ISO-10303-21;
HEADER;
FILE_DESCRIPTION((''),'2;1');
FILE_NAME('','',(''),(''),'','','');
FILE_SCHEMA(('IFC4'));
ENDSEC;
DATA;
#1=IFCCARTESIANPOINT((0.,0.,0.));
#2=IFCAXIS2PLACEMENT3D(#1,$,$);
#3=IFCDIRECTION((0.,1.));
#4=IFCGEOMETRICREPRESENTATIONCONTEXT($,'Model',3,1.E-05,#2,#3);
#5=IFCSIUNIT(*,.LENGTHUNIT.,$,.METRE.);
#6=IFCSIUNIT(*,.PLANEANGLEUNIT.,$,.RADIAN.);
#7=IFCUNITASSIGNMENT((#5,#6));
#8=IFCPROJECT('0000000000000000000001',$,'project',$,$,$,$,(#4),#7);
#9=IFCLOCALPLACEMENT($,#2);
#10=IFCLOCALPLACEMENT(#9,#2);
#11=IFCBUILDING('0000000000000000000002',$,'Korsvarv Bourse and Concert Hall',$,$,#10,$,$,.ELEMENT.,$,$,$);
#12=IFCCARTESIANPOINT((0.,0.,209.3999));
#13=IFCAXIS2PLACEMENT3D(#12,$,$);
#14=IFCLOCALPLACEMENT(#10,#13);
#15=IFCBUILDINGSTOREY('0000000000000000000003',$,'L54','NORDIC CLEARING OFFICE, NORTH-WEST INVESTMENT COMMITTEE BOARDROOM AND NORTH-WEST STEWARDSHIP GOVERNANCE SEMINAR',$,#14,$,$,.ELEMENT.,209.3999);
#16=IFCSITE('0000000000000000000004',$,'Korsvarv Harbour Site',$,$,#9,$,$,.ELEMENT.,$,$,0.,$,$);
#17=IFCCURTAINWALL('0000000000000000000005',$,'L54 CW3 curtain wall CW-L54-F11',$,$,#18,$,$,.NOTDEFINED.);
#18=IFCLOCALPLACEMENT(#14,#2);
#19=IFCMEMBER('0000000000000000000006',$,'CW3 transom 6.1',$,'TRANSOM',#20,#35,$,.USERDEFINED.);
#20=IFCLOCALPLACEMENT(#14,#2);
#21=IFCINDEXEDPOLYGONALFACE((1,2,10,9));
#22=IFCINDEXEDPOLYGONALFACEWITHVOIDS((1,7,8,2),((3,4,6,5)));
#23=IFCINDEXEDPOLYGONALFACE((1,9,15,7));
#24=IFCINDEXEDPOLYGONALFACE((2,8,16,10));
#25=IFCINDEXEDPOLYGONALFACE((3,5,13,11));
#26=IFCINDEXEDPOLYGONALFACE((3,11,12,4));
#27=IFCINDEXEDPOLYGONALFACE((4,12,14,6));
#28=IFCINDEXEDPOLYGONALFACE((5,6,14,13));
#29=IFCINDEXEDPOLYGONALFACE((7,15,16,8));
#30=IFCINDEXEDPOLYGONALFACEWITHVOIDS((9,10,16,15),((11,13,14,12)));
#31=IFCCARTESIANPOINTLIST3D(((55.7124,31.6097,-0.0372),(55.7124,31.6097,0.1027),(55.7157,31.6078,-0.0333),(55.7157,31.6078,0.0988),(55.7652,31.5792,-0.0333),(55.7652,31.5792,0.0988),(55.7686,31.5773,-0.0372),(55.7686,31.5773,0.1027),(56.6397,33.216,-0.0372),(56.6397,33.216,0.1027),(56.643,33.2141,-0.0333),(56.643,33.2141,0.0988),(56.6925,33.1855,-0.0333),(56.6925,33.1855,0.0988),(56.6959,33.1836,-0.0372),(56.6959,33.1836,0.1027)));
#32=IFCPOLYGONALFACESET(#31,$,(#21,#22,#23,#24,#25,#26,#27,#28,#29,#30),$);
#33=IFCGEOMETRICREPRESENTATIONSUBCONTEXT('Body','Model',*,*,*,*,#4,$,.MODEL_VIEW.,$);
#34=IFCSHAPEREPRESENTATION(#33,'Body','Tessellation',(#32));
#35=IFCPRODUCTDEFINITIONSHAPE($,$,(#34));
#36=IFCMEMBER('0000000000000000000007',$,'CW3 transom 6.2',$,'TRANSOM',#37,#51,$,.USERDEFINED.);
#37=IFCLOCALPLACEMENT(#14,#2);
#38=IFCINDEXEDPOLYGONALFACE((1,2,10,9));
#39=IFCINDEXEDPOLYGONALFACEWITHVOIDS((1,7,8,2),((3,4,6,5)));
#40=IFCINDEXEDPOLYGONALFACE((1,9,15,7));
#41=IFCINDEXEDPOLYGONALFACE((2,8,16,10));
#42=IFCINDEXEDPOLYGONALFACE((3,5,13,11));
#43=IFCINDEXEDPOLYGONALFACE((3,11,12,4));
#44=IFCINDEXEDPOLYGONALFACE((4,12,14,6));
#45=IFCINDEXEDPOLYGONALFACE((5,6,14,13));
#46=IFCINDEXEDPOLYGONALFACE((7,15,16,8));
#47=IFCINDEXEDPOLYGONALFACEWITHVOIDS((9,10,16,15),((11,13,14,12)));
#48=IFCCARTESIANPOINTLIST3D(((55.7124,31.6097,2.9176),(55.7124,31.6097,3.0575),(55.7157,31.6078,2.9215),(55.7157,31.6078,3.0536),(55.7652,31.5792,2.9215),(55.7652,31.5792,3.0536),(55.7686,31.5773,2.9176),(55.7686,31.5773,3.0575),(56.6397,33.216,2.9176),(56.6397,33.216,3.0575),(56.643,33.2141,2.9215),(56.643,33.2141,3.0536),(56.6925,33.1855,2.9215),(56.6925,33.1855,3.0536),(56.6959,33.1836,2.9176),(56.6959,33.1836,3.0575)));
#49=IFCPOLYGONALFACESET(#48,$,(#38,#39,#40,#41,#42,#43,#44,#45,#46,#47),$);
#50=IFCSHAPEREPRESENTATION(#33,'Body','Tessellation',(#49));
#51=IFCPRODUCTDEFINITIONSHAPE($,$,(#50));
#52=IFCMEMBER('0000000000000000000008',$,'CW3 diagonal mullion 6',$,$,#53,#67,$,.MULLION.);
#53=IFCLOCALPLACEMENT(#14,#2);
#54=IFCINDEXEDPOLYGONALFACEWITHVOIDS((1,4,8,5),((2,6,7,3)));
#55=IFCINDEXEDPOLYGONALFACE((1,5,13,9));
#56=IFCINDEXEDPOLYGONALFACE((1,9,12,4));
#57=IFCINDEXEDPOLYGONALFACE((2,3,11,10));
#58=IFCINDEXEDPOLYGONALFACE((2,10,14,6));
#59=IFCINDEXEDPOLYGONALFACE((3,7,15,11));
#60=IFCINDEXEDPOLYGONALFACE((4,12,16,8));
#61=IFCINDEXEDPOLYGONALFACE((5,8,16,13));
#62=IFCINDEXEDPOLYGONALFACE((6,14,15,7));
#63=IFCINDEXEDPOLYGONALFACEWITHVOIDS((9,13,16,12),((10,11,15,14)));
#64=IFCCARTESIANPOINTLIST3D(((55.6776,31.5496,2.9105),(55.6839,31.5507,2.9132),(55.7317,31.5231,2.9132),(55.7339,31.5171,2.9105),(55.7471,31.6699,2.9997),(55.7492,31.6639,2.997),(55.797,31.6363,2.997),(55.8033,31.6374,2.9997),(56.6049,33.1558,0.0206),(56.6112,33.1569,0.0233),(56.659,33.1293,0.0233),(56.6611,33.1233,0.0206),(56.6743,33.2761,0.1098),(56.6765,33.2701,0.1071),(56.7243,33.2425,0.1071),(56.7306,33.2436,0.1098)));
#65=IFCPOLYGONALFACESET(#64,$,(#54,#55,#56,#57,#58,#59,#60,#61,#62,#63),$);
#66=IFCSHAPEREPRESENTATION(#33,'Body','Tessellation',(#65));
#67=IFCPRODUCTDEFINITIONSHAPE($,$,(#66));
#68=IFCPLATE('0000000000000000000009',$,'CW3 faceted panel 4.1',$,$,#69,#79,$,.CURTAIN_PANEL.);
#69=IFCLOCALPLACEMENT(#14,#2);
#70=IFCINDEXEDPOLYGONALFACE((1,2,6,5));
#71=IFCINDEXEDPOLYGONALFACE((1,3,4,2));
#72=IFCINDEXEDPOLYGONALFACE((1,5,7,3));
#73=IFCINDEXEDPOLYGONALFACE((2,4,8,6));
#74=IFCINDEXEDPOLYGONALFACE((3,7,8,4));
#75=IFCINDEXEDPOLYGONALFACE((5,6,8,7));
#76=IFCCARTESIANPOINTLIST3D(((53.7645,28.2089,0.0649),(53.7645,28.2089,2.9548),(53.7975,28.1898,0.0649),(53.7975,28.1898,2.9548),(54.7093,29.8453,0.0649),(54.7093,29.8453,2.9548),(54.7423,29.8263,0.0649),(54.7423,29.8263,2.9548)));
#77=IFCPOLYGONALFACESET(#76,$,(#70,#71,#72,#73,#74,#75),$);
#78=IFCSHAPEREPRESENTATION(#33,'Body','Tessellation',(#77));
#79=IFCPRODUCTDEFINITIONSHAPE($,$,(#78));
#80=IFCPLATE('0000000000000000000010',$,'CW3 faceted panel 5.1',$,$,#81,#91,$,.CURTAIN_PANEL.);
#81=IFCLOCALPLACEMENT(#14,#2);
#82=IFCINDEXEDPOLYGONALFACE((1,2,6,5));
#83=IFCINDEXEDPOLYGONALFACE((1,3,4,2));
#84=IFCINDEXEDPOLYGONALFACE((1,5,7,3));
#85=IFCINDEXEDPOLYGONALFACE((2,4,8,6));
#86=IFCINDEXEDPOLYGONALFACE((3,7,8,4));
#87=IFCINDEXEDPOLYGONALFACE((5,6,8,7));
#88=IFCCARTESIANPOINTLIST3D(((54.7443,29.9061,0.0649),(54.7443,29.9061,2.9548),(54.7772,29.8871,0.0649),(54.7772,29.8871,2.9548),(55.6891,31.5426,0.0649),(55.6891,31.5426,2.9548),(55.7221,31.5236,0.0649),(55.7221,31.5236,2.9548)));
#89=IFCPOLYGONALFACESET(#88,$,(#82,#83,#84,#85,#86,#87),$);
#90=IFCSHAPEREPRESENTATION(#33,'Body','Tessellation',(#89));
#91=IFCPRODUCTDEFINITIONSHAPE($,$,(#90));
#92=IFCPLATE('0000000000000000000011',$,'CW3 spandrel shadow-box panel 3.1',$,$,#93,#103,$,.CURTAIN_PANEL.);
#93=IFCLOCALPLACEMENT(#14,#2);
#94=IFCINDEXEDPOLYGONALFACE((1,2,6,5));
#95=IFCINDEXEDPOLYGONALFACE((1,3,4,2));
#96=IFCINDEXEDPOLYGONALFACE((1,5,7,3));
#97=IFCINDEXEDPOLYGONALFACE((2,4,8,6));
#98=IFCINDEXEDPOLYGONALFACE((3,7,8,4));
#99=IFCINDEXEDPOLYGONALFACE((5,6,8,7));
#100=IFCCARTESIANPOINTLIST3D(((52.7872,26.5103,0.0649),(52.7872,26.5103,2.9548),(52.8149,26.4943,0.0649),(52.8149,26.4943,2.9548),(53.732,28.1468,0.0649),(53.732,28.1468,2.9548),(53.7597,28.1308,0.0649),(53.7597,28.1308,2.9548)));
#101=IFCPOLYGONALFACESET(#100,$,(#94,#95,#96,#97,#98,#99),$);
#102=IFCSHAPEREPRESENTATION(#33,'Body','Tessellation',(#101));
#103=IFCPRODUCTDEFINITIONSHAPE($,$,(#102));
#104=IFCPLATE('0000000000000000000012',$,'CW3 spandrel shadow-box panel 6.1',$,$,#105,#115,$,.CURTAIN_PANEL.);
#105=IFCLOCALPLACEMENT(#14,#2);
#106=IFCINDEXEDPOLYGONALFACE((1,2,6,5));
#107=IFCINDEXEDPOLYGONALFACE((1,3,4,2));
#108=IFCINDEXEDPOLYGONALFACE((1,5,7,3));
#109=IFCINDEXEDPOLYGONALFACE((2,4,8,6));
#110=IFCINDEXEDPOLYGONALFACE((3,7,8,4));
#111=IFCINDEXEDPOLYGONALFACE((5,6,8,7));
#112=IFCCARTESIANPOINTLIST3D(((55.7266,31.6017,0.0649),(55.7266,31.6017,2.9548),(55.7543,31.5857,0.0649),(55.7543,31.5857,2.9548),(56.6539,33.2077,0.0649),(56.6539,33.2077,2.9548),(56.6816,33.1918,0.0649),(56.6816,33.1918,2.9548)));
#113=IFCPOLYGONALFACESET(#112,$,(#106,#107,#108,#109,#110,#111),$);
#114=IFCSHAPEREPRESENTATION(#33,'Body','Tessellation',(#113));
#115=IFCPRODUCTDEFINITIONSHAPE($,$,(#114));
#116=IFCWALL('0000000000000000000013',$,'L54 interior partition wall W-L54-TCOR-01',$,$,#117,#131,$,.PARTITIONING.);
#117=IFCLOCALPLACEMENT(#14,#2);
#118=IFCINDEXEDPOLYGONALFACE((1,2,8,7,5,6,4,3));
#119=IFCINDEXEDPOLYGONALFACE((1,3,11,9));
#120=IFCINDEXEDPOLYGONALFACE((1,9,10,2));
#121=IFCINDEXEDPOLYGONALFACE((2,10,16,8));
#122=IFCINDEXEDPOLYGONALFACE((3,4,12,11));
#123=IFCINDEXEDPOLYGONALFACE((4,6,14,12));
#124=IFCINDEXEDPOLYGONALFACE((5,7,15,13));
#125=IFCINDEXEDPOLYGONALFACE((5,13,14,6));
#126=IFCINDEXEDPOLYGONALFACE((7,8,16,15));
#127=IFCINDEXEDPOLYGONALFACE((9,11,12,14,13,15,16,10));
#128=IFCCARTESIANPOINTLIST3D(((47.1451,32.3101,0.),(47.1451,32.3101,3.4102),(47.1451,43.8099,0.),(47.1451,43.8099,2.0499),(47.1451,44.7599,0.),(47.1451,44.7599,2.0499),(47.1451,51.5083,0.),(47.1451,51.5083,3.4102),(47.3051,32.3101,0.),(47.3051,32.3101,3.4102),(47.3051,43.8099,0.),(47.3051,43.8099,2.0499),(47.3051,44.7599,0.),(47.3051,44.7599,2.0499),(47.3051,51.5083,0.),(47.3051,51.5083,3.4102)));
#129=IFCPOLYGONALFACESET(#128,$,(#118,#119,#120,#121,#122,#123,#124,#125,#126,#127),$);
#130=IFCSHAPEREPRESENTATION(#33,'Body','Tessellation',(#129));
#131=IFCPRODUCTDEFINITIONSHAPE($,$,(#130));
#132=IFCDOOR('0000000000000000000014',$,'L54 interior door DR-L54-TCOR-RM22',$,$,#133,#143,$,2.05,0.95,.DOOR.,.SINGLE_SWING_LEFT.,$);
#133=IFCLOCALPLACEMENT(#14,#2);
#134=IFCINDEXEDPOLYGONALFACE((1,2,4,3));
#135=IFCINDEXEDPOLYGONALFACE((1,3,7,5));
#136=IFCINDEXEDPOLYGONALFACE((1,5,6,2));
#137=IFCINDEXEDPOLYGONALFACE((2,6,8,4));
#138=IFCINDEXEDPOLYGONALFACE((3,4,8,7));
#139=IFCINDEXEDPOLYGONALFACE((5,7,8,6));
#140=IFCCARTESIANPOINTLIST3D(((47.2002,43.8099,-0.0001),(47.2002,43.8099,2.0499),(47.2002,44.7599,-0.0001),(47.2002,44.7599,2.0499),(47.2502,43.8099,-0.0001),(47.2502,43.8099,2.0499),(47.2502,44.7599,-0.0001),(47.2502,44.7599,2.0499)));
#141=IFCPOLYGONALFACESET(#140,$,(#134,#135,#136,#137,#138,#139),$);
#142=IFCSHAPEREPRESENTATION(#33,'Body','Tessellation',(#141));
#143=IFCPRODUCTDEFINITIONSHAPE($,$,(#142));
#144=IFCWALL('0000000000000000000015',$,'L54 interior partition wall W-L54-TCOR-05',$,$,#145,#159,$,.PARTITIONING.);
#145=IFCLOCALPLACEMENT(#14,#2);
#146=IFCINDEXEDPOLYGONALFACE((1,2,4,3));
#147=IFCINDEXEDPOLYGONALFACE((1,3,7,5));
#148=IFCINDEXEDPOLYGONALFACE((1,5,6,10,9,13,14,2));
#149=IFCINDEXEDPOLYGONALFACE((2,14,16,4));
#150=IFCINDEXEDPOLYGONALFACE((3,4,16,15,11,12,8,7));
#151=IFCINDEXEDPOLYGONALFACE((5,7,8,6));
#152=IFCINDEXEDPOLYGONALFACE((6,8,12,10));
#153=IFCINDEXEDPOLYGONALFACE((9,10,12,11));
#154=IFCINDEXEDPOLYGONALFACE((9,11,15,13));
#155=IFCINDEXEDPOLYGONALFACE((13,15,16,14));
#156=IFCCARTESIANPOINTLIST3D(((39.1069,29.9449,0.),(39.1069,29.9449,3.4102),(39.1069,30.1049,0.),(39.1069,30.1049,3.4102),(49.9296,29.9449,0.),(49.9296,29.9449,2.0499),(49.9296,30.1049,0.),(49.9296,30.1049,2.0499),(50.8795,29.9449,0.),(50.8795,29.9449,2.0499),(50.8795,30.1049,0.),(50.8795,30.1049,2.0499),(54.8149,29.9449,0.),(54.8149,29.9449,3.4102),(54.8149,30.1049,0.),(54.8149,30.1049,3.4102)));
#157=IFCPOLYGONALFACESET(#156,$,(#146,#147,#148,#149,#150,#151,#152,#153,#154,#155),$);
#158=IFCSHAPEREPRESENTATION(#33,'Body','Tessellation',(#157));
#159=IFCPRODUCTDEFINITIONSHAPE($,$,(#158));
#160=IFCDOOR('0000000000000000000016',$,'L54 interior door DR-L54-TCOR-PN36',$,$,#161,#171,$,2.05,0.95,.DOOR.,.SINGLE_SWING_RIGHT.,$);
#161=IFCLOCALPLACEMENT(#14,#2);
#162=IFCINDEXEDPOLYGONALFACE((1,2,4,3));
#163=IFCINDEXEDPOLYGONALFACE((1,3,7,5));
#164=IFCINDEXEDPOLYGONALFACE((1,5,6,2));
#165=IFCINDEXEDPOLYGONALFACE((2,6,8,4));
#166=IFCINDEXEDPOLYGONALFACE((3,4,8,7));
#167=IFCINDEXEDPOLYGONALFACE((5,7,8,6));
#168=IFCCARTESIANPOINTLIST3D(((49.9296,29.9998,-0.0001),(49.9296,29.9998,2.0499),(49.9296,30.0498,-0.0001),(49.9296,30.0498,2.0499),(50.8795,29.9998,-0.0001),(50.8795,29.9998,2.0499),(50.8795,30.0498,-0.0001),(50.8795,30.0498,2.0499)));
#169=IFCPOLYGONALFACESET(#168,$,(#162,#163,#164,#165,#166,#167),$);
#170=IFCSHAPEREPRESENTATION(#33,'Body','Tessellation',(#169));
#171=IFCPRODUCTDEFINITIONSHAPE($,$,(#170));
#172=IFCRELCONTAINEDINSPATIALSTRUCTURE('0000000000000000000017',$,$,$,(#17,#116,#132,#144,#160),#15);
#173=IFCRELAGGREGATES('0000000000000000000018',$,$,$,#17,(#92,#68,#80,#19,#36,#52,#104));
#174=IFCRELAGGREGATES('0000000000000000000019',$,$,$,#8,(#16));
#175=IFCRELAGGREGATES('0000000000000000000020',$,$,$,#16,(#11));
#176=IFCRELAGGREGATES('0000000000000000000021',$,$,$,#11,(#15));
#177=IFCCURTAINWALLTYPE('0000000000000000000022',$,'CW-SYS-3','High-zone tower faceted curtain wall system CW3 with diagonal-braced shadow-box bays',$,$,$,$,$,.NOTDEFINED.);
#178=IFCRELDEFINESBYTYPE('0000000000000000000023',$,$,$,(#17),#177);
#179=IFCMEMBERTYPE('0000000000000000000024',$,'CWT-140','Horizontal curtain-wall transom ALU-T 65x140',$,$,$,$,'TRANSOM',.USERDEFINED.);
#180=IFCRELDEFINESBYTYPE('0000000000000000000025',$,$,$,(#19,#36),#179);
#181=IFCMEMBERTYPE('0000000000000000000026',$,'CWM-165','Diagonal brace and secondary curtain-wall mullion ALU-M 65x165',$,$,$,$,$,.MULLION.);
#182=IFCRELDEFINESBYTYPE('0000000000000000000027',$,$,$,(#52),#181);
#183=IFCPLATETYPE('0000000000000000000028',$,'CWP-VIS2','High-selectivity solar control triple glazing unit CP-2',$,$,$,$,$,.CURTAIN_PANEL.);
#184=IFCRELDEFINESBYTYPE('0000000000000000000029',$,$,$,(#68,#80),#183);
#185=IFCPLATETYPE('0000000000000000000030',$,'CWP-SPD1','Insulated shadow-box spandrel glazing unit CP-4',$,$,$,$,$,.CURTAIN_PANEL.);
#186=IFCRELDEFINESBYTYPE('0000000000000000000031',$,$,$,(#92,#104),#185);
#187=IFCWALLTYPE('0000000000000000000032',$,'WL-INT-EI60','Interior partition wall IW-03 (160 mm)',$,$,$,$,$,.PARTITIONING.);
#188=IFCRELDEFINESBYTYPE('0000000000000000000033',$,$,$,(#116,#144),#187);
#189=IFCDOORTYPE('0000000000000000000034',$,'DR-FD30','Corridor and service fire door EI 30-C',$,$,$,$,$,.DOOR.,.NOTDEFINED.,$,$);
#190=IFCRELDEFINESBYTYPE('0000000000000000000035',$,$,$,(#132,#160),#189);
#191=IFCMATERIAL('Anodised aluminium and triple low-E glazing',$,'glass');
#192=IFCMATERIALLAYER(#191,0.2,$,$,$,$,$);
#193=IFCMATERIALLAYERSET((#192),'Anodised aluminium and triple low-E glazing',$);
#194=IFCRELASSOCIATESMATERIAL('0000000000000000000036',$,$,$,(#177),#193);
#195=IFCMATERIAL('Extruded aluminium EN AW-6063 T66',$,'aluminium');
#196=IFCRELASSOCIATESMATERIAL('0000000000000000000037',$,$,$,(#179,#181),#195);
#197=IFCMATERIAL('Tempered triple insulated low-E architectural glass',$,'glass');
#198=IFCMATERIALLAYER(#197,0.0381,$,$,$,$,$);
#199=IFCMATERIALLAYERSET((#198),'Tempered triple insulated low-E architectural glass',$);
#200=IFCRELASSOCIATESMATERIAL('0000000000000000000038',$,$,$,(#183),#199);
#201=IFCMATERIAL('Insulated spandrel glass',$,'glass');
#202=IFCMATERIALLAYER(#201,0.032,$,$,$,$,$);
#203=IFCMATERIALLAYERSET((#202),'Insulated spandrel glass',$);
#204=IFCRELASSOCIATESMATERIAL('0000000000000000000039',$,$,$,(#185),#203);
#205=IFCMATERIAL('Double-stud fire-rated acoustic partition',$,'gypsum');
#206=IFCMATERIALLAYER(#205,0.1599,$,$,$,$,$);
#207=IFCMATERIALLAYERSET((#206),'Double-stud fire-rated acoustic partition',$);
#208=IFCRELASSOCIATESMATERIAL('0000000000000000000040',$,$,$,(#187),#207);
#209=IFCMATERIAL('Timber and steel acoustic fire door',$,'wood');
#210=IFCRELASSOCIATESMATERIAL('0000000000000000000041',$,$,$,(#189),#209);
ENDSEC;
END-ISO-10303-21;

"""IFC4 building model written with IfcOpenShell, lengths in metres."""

from ifc_helpers import new_model, si_unit, direction, frame, frame_2d, origin, origin_2d, place, context, subcontext, project, spatial, rectangle, hollow_rectangle, extrude, source, transform, mapped, material, layer, layer_set, material_profile, profile_set, type_object, element, fill, aggregate, save


model = new_model("IFC4")

# Units and contexts
model_context = context("Model", 3, precision=1e-05, world=origin(), true_north=direction((0.0, 1.0)))
body_context = subcontext(model_context, "Body", "Model", "MODEL_VIEW")
ifc_project = project(units=[si_unit("LENGTHUNIT", "METRE"), si_unit("PLANEANGLEUNIT", "RADIAN")], contexts=[model_context])

# Site, building, storey
site_placement = place(None, origin())
site = spatial("IfcSite", under=ifc_project, at=site_placement, Name="Korsvarv Harbour Site", CompositionType="ELEMENT", RefElevation=0.0)
building_placement = place(site_placement, origin())
building = spatial("IfcBuilding", under=site, at=building_placement, Name="Korsvarv Bourse and Concert Hall", CompositionType="ELEMENT")
storey_placement = place(building_placement, frame((0.0, 0.0, 209.3999)))
storey = spatial("IfcBuildingStorey", under=building, at=storey_placement, Name="L54", Description="NORDIC CLEARING OFFICE, NORTH-WEST INVESTMENT COMMITTEE BOARDROOM AND NORTH-WEST STEWARDSHIP GOVERNANCE SEMINAR", CompositionType="ELEMENT", Elevation=209.3999)

# Curtain wall, members, plates
ifc_material_1 = material(Name="Anodised aluminium and triple low-E glazing", Category="glass")
ifc_layer_1 = layer(ifc_material_1, 0.2)
ifc_layer_set_1 = layer_set([ifc_layer_1], Name="Anodised aluminium and triple low-E glazing")
curtain_wall_type = type_object("IfcCurtainWallType", Name="CW-SYS-3", Description="High-zone tower faceted curtain wall system CW3 with diagonal-braced shadow-box bays", PredefinedType="NOTDEFINED", material=ifc_layer_set_1)
curtain_wall_placement = place(storey_placement, origin())
curtain_wall = element("IfcCurtainWall", 1, at=curtain_wall_placement, inside=storey, type_object=curtain_wall_type, Name="L54 CW3 curtain wall CW-L54-F11", PredefinedType="NOTDEFINED")
ifc_material_2 = material(Name="Extruded aluminium EN AW-6063 T66", Category="aluminium")
ifc_material_profile_1 = material_profile(ifc_material_2, hollow_rectangle(XDim=0.0649, YDim=0.1399, WallThickness=0.0039, at=origin_2d()), Name="ALU-T 65x140")
ifc_profile_set_1 = profile_set([ifc_material_profile_1], Name="Extruded aluminium EN AW-6063 T66")
member_type_1 = type_object("IfcMemberType", Name="CWT-140", Description="Horizontal curtain-wall transom ALU-T 65x140", ElementType="TRANSOM", PredefinedType="USERDEFINED", material=ifc_profile_set_1)
ifc_material_profile_2 = material_profile(ifc_material_2, hollow_rectangle(XDim=0.0649, YDim=0.165, WallThickness=0.0049, at=origin_2d()), Name="ALU-M 65x165")
ifc_profile_set_2 = profile_set([ifc_material_profile_2], Name="Extruded aluminium EN AW-6063 T66")
member_type_2 = type_object("IfcMemberType", Name="CWM-165", Description="Diagonal brace and secondary curtain-wall mullion ALU-M 65x165", PredefinedType="MULLION", material=ifc_profile_set_2)
shared_shape_1 = source(origin(), body_context, "Body", "SweptSolid", [
    extrude(hollow_rectangle(XDim=0.0649, YDim=0.1399, WallThickness=0.0039, at=origin_2d()), origin(), (0.0, 0.0, 1.0), 1.8547),
])
member_1_placement = place(storey_placement, frame((55.7405, 31.5935, 0.0327), z_axis=(0.499962, 0.866047, 0.0), x_axis=(-0.866047, 0.499962, 0.0)))
member_1 = element("IfcMember", 2, at=member_1_placement, type_object=member_type_1, Name="CW3 transom 6.1", ObjectType="TRANSOM", PredefinedType="USERDEFINED", context=body_context, shape_type="MappedRepresentation", body=[
    mapped(shared_shape_1, transform((0.0, 0.0, 0.0), scale=1.0)),
])
member_2_placement = place(storey_placement, frame((55.7405, 31.5935, 2.9875), z_axis=(0.499962, 0.866047, 0.0), x_axis=(-0.866047, 0.499962, 0.0)))
member_2 = element("IfcMember", 3, at=member_2_placement, type_object=member_type_1, Name="CW3 transom 6.2", ObjectType="TRANSOM", PredefinedType="USERDEFINED", context=body_context, shape_type="MappedRepresentation", body=[
    mapped(shared_shape_1, transform((0.0, 0.0, 0.0), scale=1.0)),
])
shared_shape_2 = source(origin(), body_context, "Body", "SweptSolid", [
    extrude(hollow_rectangle(XDim=0.0649, YDim=0.165, WallThickness=0.0049, at=origin_2d()), origin(), (0.0, 0.0, 1.0), 3.4338),
])
member_3_placement = place(storey_placement, frame((56.6677, 33.1997, 0.0652), z_axis=(-0.270033, -0.467759, 0.841596), x_axis=(0.866047, -0.499962, 0.0)))
member_3 = element("IfcMember", 4, at=member_3_placement, type_object=member_type_2, Name="CW3 diagonal mullion 6", PredefinedType="MULLION", context=body_context, shape_type="MappedRepresentation", body=[
    mapped(shared_shape_2, transform((0.0, 0.0, 0.0), scale=1.0)),
])
ifc_material_3 = material(Name="Tempered triple insulated low-E architectural glass", Category="glass")
ifc_layer_2 = layer(ifc_material_3, 0.0381)
ifc_layer_set_2 = layer_set([ifc_layer_2], Name="Tempered triple insulated low-E architectural glass")
plate_type_1 = type_object("IfcPlateType", Name="CWP-VIS2", Description="High-selectivity solar control triple glazing unit CP-2", PredefinedType="CURTAIN_PANEL", material=ifc_layer_set_2)
shared_shape_3 = source(origin(), body_context, "Body", "SweptSolid", [
    extrude(rectangle(XDim=1.8896, YDim=0.0381, at=origin_2d()), origin(), (0.0, 0.0, 1.0), 2.8899),
])
plate_1_placement = place(storey_placement, frame((54.2534, 29.0176, 0.0649), z_axis=(0.0, 0.0, 1.0), x_axis=(0.499997, 0.866027, 0.0)))
plate_1 = element("IfcPlate", 5, at=plate_1_placement, type_object=plate_type_1, Name="CW3 faceted panel 4.1", PredefinedType="CURTAIN_PANEL", context=body_context, shape_type="MappedRepresentation", body=[
    mapped(shared_shape_3, transform((0.0, 0.0, 0.0), scale=1.0)),
])
plate_2_placement = place(storey_placement, frame((55.2332, 30.7148, 0.0649), z_axis=(0.0, 0.0, 1.0), x_axis=(0.499997, 0.866027, 0.0)))
plate_2 = element("IfcPlate", 6, at=plate_2_placement, type_object=plate_type_1, Name="CW3 faceted panel 5.1", PredefinedType="CURTAIN_PANEL", context=body_context, shape_type="MappedRepresentation", body=[
    mapped(shared_shape_3, transform((0.0, 0.0, 0.0), scale=1.0)),
])
ifc_material_4 = material(Name="Insulated spandrel glass", Category="glass")
ifc_layer_3 = layer(ifc_material_4, 0.032)
ifc_layer_set_3 = layer_set([ifc_layer_3], Name="Insulated spandrel glass")
plate_type_2 = type_object("IfcPlateType", Name="CWP-SPD1", Description="Insulated shadow-box spandrel glazing unit CP-4", PredefinedType="CURTAIN_PANEL", material=ifc_layer_set_3)
shared_shape_4 = source(origin(), body_context, "Body", "SweptSolid", [
    extrude(rectangle(XDim=1.8896, YDim=0.032, at=origin_2d()), origin(), (0.0, 0.0, 1.0), 2.8899),
])
plate_3_placement = place(storey_placement, frame((53.2734, 27.3206, 0.0649), z_axis=(0.0, 0.0, 1.0), x_axis=(0.499997, 0.866027, 0.0)))
plate_3 = element("IfcPlate", 7, at=plate_3_placement, type_object=plate_type_2, Name="CW3 spandrel shadow-box panel 3.1", PredefinedType="CURTAIN_PANEL", context=body_context, shape_type="MappedRepresentation", body=[
    mapped(shared_shape_4, transform((0.0, 0.0, 0.0), scale=1.0)),
])
shared_shape_5 = source(origin(), body_context, "Body", "SweptSolid", [
    extrude(rectangle(XDim=1.8545, YDim=0.032, at=origin_2d()), origin(), (0.0, 0.0, 1.0), 2.8899),
])
plate_4_placement = place(storey_placement, frame((56.2041, 32.3967, 0.0649), z_axis=(0.0, 0.0, 1.0), x_axis=(0.499997, 0.866027, 0.0)))
plate_4 = element("IfcPlate", 8, at=plate_4_placement, type_object=plate_type_2, Name="CW3 spandrel shadow-box panel 6.1", PredefinedType="CURTAIN_PANEL", context=body_context, shape_type="MappedRepresentation", body=[
    mapped(shared_shape_5, transform((0.0, 0.0, 0.0), scale=1.0)),
])
aggregate(curtain_wall, [plate_3, plate_1, plate_2, member_1, member_2, member_3, plate_4])

# Walls, openings, doors
ifc_material_5 = material(Name="Double-stud fire-rated acoustic partition", Category="gypsum")
ifc_layer_4 = layer(ifc_material_5, 0.1599)
ifc_layer_set_4 = layer_set([ifc_layer_4], Name="Double-stud fire-rated acoustic partition")
wall_type_1 = type_object("IfcWallType", Name="WL-INT-EI60", Description="Interior partition wall IW-03 (160 mm)", PredefinedType="PARTITIONING", material=ifc_layer_set_4)
wall_1_placement = place(storey_placement, frame((47.2251, 32.3101, 0.0), z_axis=(0.0, 0.0, 1.0), x_axis=(0.0, 1.0, 0.0)))
wall_1 = element("IfcWall", 9, at=wall_1_placement, inside=storey, type_object=wall_type_1, Name="L54 interior partition wall W-L54-TCOR-01", PredefinedType="PARTITIONING", context=body_context, shape_type="SweptSolid", body=[
    extrude(rectangle(XDim=19.1982, YDim=0.1599, at=frame_2d((9.5991, 0.0))), origin(), (0.0, 0.0, 1.0), 3.4102),
])
opening_1_placement = place(wall_1_placement, frame((11.4998, 0.0, 0.0)))
opening_1 = element("IfcOpeningElement", 10, at=opening_1_placement, cuts=wall_1, PredefinedType="OPENING", context=body_context, shape_type="SweptSolid", body=[
    extrude(rectangle(XDim=0.95, YDim=2.05, at=frame_2d((0.4751, 1.0249))), frame((0.0, 0.0898, 0.0), z_axis=(0.0, -1.0, 0.0), x_axis=(1.0, 0.0, 0.0)), (0.0, 0.0, 1.0), 0.1799),
])
ifc_material_6 = material(Name="Timber and steel acoustic fire door", Category="wood")
door_type = type_object("IfcDoorType", Name="DR-FD30", Description="Corridor and service fire door EI 30-C", OperationType="NOTDEFINED", PredefinedType="DOOR", material=ifc_material_6)
door_1_placement = place(opening_1_placement, origin())
door_1 = element("IfcDoor", 11, at=door_1_placement, inside=storey, type_object=door_type, Name="L54 interior door DR-L54-TCOR-RM22", OperationType="SINGLE_SWING_LEFT", OverallHeight=2.05, OverallWidth=0.95, PredefinedType="DOOR", context=body_context, shape_type="SweptSolid", body=[
    extrude(rectangle(XDim=0.95, YDim=2.05, at=frame_2d((0.4751, 1.0249))), frame((0.0, 0.0249, 0.0), z_axis=(0.0, -1.0, 0.0), x_axis=(1.0, 0.0, 0.0)), (0.0, 0.0, 1.0), 0.05),
])
fill(opening_1, door_1)
wall_2_placement = place(storey_placement, frame((39.1069, 30.0249, 0.0), z_axis=(0.0, 0.0, 1.0), x_axis=(1.0, 0.0, 0.0)))
wall_2 = element("IfcWall", 12, at=wall_2_placement, inside=storey, type_object=wall_type_1, Name="L54 interior partition wall W-L54-TCOR-05", PredefinedType="PARTITIONING", context=body_context, shape_type="SweptSolid", body=[
    extrude(rectangle(XDim=15.708, YDim=0.1599, at=frame_2d((7.854, 0.0))), origin(), (0.0, 0.0, 1.0), 3.4102),
])
opening_2_placement = place(wall_2_placement, frame((10.8225, 0.0, 0.0)))
opening_2 = element("IfcOpeningElement", 13, at=opening_2_placement, cuts=wall_2, PredefinedType="OPENING", context=body_context, shape_type="SweptSolid", body=[
    extrude(rectangle(XDim=0.95, YDim=2.05, at=frame_2d((0.4751, 1.0249))), frame((0.0, 0.0898, 0.0), z_axis=(0.0, -1.0, 0.0), x_axis=(1.0, 0.0, 0.0)), (0.0, 0.0, 1.0), 0.1799),
])
door_2_placement = place(opening_2_placement, origin())
door_2 = element("IfcDoor", 14, at=door_2_placement, inside=storey, type_object=door_type, Name="L54 interior door DR-L54-TCOR-PN36", OperationType="SINGLE_SWING_RIGHT", OverallHeight=2.05, OverallWidth=0.95, PredefinedType="DOOR", context=body_context, shape_type="SweptSolid", body=[
    extrude(rectangle(XDim=0.95, YDim=2.05, at=frame_2d((0.4751, 1.0249))), frame((0.0, 0.0249, 0.0), z_axis=(0.0, -1.0, 0.0), x_axis=(1.0, 0.0, 0.0)), (0.0, 0.0, 1.0), 0.05),
])
fill(opening_2, door_2)

save(model, "model.ifc")
